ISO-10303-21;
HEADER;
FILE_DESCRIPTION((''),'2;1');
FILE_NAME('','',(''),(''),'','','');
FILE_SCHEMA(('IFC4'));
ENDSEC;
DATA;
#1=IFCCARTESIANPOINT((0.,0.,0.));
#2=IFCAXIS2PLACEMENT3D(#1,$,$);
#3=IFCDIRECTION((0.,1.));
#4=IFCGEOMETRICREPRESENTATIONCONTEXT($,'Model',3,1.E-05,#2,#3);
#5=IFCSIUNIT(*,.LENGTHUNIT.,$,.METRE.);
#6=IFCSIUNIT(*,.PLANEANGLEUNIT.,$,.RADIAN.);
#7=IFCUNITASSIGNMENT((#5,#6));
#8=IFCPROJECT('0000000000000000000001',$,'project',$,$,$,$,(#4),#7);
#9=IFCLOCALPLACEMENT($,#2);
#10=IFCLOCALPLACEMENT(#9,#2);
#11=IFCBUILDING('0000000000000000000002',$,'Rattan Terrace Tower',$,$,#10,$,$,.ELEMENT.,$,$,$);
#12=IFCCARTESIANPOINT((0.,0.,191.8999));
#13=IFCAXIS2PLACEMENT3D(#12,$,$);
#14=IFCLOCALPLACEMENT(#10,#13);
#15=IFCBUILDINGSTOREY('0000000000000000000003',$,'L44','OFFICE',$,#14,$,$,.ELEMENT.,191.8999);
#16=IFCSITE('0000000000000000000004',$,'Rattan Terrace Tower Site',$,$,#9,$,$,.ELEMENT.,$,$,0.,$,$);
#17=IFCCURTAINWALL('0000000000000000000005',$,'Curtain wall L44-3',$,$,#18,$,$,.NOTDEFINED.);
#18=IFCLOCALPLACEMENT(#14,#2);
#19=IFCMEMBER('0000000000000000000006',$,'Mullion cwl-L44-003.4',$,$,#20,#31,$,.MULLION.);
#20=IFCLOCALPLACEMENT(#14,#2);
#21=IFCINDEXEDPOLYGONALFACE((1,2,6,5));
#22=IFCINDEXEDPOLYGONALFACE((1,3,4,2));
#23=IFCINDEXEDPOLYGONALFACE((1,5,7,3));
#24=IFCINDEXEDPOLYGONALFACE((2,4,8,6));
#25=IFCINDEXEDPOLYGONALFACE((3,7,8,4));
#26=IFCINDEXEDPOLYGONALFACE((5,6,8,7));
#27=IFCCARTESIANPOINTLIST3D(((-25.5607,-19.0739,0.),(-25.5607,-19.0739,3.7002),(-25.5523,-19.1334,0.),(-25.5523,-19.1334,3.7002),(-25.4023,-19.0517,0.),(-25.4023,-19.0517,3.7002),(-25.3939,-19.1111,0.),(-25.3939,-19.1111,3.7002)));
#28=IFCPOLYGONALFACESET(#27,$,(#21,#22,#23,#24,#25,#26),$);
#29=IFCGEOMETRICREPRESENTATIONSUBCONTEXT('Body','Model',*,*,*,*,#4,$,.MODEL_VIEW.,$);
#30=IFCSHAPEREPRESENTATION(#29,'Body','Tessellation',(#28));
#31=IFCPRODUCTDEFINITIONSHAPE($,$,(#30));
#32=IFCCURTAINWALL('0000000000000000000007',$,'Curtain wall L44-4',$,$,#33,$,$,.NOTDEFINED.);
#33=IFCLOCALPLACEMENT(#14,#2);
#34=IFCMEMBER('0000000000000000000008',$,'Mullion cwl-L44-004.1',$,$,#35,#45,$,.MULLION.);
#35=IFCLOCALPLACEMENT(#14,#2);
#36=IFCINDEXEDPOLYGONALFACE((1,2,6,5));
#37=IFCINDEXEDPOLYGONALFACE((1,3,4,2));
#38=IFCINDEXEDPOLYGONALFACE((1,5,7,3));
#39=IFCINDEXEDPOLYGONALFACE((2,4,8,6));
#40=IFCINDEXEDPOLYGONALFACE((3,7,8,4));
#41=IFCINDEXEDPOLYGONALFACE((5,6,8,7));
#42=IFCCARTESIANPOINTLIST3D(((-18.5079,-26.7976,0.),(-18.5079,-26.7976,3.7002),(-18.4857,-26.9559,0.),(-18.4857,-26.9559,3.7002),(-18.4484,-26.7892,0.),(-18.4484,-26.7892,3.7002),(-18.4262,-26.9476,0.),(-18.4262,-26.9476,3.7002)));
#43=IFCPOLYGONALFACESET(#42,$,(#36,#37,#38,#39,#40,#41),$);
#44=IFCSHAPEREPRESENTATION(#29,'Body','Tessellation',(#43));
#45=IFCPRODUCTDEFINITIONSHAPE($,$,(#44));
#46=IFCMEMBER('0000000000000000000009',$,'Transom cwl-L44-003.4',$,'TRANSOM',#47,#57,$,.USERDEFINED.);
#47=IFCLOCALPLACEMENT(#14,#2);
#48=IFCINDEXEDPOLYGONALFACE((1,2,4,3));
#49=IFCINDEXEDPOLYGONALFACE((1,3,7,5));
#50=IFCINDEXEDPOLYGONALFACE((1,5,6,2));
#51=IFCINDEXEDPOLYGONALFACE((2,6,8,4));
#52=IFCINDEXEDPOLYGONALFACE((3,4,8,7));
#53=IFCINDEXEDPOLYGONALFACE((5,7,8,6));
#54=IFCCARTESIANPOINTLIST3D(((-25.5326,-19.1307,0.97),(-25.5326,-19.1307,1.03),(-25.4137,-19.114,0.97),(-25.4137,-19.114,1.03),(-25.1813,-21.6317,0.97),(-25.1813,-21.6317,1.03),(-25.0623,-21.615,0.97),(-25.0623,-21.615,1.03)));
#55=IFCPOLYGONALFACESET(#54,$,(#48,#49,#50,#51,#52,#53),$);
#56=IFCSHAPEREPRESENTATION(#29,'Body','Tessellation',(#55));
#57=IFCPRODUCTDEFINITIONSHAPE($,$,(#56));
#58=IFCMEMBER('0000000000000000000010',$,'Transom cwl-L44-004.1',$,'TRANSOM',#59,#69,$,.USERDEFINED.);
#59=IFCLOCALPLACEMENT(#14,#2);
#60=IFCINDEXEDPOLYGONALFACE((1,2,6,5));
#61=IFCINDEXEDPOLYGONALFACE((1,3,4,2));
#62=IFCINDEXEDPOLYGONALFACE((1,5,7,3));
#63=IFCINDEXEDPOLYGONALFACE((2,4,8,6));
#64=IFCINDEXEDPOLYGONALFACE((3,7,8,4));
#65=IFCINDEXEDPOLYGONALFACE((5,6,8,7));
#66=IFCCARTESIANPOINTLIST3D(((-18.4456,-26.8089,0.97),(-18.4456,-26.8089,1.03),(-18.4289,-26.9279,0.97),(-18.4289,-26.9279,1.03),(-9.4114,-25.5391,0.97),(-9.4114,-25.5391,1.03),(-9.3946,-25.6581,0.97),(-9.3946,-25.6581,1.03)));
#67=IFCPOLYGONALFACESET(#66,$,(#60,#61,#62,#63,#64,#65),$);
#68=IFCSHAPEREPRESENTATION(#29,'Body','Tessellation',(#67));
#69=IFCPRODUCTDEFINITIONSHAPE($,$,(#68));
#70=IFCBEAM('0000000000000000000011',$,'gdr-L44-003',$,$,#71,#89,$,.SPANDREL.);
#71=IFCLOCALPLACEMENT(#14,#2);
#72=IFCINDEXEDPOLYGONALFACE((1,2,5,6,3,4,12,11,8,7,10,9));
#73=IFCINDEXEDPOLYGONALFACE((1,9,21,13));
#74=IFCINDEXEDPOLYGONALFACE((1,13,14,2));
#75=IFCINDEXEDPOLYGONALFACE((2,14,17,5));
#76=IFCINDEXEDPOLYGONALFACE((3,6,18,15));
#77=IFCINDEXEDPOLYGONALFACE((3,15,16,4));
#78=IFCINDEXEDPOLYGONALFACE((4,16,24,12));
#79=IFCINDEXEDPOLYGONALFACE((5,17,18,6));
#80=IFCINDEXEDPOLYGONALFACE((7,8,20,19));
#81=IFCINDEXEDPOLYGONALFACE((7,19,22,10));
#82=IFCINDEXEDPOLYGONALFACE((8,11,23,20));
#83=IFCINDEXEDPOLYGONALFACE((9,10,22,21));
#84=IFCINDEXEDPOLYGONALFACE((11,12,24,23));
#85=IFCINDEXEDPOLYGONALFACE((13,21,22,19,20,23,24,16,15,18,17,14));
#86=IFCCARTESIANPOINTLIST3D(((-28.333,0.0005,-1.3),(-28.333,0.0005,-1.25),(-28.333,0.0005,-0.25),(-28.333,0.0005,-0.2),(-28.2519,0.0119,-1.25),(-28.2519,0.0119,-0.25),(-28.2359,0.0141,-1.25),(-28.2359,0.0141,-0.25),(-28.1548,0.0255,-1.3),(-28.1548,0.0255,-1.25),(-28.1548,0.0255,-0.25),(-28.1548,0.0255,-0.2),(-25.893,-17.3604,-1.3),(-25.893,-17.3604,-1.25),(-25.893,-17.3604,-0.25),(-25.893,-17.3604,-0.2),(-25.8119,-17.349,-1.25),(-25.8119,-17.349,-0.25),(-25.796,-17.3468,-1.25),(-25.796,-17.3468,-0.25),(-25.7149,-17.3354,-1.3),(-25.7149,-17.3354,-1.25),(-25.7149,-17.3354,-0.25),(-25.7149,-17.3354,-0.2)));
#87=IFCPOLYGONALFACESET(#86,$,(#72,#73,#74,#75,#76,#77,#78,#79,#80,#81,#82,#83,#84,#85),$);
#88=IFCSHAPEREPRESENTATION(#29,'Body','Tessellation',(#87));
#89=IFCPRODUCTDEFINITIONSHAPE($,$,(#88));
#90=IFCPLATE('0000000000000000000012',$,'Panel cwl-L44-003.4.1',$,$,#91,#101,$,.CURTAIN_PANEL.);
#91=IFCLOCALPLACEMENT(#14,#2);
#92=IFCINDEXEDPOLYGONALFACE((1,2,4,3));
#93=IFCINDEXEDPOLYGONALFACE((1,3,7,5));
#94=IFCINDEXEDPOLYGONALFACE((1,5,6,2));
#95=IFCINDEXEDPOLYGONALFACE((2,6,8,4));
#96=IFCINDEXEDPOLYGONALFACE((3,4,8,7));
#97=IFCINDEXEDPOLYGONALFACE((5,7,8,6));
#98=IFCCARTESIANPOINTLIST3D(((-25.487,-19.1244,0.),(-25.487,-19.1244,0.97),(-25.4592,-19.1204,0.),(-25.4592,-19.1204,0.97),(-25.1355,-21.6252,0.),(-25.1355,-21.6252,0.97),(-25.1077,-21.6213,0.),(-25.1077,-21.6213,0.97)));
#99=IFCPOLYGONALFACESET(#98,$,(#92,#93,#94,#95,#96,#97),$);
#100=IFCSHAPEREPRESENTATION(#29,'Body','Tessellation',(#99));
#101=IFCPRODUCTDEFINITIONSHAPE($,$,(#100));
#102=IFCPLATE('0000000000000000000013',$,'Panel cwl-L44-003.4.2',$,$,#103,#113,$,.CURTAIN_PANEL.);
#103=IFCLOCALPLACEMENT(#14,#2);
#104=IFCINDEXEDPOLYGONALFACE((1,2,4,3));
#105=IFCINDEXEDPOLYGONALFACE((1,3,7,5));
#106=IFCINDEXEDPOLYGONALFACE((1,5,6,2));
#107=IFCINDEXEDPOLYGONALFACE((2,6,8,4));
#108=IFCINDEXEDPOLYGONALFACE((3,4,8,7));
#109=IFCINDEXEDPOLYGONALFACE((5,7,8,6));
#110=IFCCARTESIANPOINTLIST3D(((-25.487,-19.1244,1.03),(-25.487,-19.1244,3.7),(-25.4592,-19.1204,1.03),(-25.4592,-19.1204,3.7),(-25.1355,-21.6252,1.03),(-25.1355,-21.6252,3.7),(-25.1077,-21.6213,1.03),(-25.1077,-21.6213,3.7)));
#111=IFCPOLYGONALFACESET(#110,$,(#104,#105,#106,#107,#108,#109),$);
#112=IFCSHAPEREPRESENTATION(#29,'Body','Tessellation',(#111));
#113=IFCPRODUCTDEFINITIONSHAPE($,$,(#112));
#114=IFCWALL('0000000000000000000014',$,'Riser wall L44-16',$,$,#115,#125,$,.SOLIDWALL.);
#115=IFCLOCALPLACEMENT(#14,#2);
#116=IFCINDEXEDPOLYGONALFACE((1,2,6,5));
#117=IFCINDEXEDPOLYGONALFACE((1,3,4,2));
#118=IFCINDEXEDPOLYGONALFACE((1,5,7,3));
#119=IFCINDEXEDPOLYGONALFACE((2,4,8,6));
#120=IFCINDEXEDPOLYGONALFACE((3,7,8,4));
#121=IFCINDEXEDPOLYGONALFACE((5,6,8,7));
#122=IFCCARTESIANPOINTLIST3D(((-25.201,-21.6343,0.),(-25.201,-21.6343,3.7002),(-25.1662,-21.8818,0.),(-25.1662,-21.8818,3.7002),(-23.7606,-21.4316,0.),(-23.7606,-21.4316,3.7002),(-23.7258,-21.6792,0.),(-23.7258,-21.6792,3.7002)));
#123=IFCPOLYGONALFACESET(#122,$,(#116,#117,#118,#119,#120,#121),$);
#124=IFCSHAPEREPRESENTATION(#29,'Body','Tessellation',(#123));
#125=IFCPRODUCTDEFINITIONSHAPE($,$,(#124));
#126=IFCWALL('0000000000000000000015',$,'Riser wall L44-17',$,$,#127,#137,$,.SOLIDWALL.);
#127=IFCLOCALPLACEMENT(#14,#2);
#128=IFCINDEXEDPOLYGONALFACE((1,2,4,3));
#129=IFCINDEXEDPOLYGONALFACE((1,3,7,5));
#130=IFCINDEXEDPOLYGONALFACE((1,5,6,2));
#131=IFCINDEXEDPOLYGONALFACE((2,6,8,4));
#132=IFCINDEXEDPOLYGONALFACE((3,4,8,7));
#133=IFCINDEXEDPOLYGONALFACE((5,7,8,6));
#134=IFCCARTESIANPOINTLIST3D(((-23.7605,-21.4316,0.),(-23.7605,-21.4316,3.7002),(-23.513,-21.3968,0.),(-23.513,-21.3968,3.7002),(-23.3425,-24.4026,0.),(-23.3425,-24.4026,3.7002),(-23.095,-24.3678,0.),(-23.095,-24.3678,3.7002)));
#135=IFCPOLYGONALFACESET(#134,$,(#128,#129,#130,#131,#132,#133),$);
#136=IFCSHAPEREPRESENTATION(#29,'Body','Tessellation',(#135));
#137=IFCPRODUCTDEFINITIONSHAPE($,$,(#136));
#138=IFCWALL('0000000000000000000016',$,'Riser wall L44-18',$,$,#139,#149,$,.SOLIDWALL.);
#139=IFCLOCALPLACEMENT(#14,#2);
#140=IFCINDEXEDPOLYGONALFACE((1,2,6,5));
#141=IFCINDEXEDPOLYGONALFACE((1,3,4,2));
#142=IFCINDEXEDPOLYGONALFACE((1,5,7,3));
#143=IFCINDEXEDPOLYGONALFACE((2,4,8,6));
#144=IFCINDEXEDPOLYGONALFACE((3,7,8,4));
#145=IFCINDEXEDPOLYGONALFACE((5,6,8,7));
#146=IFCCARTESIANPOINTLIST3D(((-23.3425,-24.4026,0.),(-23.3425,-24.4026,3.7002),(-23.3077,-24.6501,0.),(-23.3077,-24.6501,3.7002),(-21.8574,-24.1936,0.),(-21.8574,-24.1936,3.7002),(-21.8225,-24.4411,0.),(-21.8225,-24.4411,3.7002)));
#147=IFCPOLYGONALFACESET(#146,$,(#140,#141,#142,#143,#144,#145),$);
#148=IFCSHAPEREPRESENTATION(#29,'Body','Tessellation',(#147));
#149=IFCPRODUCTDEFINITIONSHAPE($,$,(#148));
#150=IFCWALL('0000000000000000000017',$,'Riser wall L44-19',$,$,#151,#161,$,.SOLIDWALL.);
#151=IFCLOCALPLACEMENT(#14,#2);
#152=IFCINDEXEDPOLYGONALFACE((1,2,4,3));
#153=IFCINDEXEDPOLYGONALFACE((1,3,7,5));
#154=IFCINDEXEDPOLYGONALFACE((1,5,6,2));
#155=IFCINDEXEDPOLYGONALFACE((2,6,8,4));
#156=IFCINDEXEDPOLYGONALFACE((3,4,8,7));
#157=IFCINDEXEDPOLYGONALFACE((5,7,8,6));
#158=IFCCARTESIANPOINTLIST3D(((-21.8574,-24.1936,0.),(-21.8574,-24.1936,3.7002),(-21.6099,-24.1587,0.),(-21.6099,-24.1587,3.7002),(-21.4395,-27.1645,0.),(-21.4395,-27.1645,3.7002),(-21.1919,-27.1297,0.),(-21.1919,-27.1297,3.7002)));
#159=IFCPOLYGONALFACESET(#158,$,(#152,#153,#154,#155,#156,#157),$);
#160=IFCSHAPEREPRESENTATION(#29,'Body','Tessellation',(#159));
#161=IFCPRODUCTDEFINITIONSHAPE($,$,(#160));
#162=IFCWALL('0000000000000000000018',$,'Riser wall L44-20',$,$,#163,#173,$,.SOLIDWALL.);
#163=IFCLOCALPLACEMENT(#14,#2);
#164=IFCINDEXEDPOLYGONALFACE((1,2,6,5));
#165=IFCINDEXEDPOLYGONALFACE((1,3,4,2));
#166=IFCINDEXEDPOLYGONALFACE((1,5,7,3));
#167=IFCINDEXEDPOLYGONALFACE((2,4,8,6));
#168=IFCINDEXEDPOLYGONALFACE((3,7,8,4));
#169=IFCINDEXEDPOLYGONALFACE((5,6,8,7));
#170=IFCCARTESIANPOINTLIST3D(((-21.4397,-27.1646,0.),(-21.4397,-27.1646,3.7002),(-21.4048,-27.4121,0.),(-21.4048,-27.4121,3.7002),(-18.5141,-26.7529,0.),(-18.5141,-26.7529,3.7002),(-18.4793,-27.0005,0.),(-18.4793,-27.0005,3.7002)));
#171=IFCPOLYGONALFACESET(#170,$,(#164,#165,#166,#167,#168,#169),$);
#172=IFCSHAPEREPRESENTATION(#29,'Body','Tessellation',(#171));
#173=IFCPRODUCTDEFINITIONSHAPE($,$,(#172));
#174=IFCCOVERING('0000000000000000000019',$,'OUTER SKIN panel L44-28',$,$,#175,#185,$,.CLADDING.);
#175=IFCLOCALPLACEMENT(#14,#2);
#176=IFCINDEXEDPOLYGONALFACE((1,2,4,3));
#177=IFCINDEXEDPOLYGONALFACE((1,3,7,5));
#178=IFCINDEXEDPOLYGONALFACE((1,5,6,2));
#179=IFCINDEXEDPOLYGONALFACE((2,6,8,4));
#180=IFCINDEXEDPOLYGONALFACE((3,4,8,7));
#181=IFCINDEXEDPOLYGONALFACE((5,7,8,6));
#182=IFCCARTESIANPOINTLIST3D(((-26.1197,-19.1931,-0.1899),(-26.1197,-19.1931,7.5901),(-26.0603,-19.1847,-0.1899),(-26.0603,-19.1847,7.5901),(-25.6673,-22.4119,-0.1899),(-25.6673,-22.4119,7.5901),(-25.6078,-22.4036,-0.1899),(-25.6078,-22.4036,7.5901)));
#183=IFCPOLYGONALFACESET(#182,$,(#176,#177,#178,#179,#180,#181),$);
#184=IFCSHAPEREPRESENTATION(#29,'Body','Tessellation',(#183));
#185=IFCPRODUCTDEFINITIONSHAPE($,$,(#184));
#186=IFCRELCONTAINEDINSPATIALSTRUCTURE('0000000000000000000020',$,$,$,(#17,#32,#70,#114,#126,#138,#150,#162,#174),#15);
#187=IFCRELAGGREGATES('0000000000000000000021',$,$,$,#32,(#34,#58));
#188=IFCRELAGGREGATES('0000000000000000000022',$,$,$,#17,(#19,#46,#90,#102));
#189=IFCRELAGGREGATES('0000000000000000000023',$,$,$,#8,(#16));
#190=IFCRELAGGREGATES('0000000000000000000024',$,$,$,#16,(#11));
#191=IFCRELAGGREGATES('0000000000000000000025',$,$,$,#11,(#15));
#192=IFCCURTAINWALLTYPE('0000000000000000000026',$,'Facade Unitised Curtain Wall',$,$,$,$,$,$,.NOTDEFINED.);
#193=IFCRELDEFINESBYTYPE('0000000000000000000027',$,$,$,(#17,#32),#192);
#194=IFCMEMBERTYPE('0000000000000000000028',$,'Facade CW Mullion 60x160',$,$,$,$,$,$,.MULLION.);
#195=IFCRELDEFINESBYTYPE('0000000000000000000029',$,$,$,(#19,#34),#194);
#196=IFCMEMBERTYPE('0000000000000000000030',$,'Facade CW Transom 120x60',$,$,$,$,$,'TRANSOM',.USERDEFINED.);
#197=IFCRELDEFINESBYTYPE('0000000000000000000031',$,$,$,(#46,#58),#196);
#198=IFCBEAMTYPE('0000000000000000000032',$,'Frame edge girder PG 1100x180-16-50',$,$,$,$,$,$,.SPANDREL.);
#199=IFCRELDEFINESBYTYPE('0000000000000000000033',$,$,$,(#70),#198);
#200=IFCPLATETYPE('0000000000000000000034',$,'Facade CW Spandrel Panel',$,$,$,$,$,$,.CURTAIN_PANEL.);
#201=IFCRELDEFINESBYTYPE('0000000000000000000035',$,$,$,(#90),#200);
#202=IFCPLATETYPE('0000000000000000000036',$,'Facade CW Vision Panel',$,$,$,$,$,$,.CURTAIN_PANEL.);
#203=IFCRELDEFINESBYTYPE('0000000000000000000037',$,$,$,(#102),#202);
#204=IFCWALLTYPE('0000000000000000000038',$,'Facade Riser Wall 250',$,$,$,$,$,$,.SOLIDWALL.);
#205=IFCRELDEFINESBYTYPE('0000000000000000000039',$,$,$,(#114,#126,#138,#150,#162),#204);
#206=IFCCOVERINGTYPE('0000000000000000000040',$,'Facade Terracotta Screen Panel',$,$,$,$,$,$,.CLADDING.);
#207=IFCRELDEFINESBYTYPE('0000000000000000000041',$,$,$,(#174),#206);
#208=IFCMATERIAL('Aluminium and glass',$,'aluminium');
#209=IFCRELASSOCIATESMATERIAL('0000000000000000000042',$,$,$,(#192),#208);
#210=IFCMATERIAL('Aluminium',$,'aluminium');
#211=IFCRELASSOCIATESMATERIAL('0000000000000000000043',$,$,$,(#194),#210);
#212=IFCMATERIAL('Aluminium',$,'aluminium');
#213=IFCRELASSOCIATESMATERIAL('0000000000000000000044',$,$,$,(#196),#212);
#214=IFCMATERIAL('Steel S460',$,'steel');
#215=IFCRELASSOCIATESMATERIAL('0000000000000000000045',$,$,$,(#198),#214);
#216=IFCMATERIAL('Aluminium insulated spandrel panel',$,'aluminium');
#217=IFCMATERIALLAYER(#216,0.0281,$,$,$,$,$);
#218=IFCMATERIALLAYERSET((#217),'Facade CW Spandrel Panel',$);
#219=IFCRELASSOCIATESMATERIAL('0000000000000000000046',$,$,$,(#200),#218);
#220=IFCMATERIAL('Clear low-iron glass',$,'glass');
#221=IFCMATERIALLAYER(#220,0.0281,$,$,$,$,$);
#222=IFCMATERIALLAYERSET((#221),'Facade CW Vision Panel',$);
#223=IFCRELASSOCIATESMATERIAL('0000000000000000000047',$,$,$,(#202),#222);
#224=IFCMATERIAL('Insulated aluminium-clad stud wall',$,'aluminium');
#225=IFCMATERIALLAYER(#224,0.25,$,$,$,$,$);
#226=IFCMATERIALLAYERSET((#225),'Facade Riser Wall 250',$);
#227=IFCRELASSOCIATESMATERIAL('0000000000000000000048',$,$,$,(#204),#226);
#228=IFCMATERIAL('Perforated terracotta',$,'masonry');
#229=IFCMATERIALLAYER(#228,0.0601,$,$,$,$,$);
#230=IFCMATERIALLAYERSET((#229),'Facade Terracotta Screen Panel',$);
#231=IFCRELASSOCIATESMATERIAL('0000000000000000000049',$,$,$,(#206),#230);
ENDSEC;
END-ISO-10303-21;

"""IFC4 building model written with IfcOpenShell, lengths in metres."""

from ifc_helpers import new_model, si_unit, direction, frame, frame_2d, origin, origin_2d, place, context, subcontext, project, spatial, rectangle, i_section, extrude, material, layer, layer_set, material_profile, profile_set, type_object, element, aggregate, save


model = new_model("IFC4")

# Units and contexts
model_context = context("Model", 3, precision=1e-05, world=origin(), true_north=direction((0.0, 1.0)))
body_context = subcontext(model_context, "Body", "Model", "MODEL_VIEW")
ifc_project = project(units=[si_unit("LENGTHUNIT", "METRE"), si_unit("PLANEANGLEUNIT", "RADIAN")], contexts=[model_context])

# Site, building, storey
site_placement = place(None, origin())
site = spatial("IfcSite", under=ifc_project, at=site_placement, Name="Rattan Terrace Tower Site", CompositionType="ELEMENT", RefElevation=0.0)
building_placement = place(site_placement, origin())
building = spatial("IfcBuilding", under=site, at=building_placement, Name="Rattan Terrace Tower", CompositionType="ELEMENT")
storey_placement = place(building_placement, frame((0.0, 0.0, 191.8999)))
storey = spatial("IfcBuildingStorey", under=building, at=storey_placement, Name="L44", Description="OFFICE", CompositionType="ELEMENT", Elevation=191.8999)

# Curtain walls, members
ifc_material_1 = material(Name="Aluminium and glass", Category="aluminium")
curtain_wall_type = type_object("IfcCurtainWallType", Name="Facade Unitised Curtain Wall", PredefinedType="NOTDEFINED", material=ifc_material_1)
curtain_wall_1_placement = place(storey_placement, origin())
curtain_wall_1 = element("IfcCurtainWall", 1, at=curtain_wall_1_placement, inside=storey, type_object=curtain_wall_type, Name="Curtain wall L44-3", PredefinedType="NOTDEFINED")
ifc_material_2 = material(Name="Aluminium", Category="aluminium")
ifc_material_profile_1 = material_profile(ifc_material_2, rectangle(XDim=0.0601, YDim=0.1599, at=origin_2d()), Name="Aluminium 60x160")
ifc_profile_set_1 = profile_set([ifc_material_profile_1], Name="Aluminium")
member_type_1 = type_object("IfcMemberType", Name="Facade CW Mullion 60x160", PredefinedType="MULLION", material=ifc_profile_set_1)
member_1_placement = place(storey_placement, frame((-25.4773, -19.0925, 0.0), z_axis=(0.0, 0.0, 1.0), x_axis=(0.139191, -0.990266, 0.0)))
member_1 = element("IfcMember", 2, at=member_1_placement, type_object=member_type_1, Name="Mullion cwl-L44-003.4", PredefinedType="MULLION", context=body_context, shape_type="SweptSolid", body=[
    extrude(rectangle(XDim=0.0601, YDim=0.1599, at=origin_2d()), origin(), (0.0, 0.0, 1.0), 3.7002),
])
curtain_wall_2_placement = place(storey_placement, origin())
curtain_wall_2 = element("IfcCurtainWall", 3, at=curtain_wall_2_placement, inside=storey, type_object=curtain_wall_type, Name="Curtain wall L44-4", PredefinedType="NOTDEFINED")
member_2_placement = place(storey_placement, frame((-18.467, -26.8726, 0.0), z_axis=(0.0, 0.0, 1.0), x_axis=(0.99027, 0.139161, 0.0)))
member_2 = element("IfcMember", 4, at=member_2_placement, type_object=member_type_1, Name="Mullion cwl-L44-004.1", PredefinedType="MULLION", context=body_context, shape_type="SweptSolid", body=[
    extrude(rectangle(XDim=0.0601, YDim=0.1599, at=origin_2d()), origin(), (0.0, 0.0, 1.0), 3.7002),
])

# Members
ifc_material_3 = material(Name="Aluminium", Category="aluminium")
ifc_material_profile_2 = material_profile(ifc_material_3, rectangle(XDim=0.1201, YDim=0.0601, at=origin_2d()), Name="Aluminium 120x60")
ifc_profile_set_2 = profile_set([ifc_material_profile_2], Name="Aluminium")
member_type_2 = type_object("IfcMemberType", Name="Facade CW Transom 120x60", ElementType="TRANSOM", PredefinedType="USERDEFINED", material=ifc_profile_set_2)
member_3_placement = place(storey_placement, frame((-25.4731, -19.1223, 1.0), z_axis=(0.139107, -0.990277, 0.0), x_axis=(0.990277, 0.139107, 0.0)))
member_3 = element("IfcMember", 5, at=member_3_placement, type_object=member_type_2, Name="Transom cwl-L44-003.4", ObjectType="TRANSOM", PredefinedType="USERDEFINED", context=body_context, shape_type="SweptSolid", body=[
    extrude(rectangle(XDim=0.1201, YDim=0.0601, at=origin_2d()), origin(), (0.0, 0.0, 1.0), 2.5256),
])
member_4_placement = place(storey_placement, frame((-18.4373, -26.8684, 1.0), z_axis=(0.990266, 0.139184, 0.0), x_axis=(-0.139184, 0.990266, 0.0)))
member_4 = element("IfcMember", 6, at=member_4_placement, type_object=member_type_2, Name="Transom cwl-L44-004.1", ObjectType="TRANSOM", PredefinedType="USERDEFINED", context=body_context, shape_type="SweptSolid", body=[
    extrude(rectangle(XDim=0.1201, YDim=0.0601, at=origin_2d()), origin(), (0.0, 0.0, 1.0), 9.123),
])
aggregate(curtain_wall_2, [member_2, member_4])

# Beam
ifc_material_4 = material(Name="Steel S460", Category="steel")
ifc_material_profile_3 = material_profile(ifc_material_4, i_section(OverallWidth=0.1799, OverallDepth=1.1001, WebThickness=0.0161, FlangeThickness=0.05, at=origin_2d()), Name="PG 1100x180-16-50")
ifc_profile_set_3 = profile_set([ifc_material_profile_3], Name="Steel S460")
beam_type = type_object("IfcBeamType", Name="Frame edge girder PG 1100x180-16-50", PredefinedType="SPANDREL", material=ifc_profile_set_3)
beam_placement = place(storey_placement, frame((-25.804, -17.3479, -0.75), z_axis=(-0.139175, 0.990268, 0.0), x_axis=(-0.990268, -0.139175, 0.0)))
element("IfcBeam", 7, at=beam_placement, inside=storey, type_object=beam_type, Name="gdr-L44-003", PredefinedType="SPANDREL", context=body_context, shape_type="SweptSolid", body=[
    extrude(i_section(OverallWidth=0.1799, OverallDepth=1.1001, WebThickness=0.0161, FlangeThickness=0.05, at=origin_2d()), origin(), (0.0, 0.0, 1.0), 17.5315),
])

# Plates
ifc_material_5 = material(Name="Aluminium insulated spandrel panel", Category="aluminium")
ifc_layer_1 = layer(ifc_material_5, 0.0281)
ifc_layer_set_1 = layer_set([ifc_layer_1], Name="Facade CW Spandrel Panel")
plate_type_1 = type_object("IfcPlateType", Name="Facade CW Spandrel Panel", PredefinedType="CURTAIN_PANEL", material=ifc_layer_set_1)
plate_1_placement = place(storey_placement, frame((-25.2974, -20.3728, 0.0), z_axis=(0.0, 0.0, 1.0), x_axis=(0.139191, -0.990266, 0.0)))
plate_1 = element("IfcPlate", 8, at=plate_1_placement, type_object=plate_type_1, Name="Panel cwl-L44-003.4.1", PredefinedType="CURTAIN_PANEL", context=body_context, shape_type="SweptSolid", body=[
    extrude(rectangle(XDim=2.5254, YDim=0.0281, at=origin_2d()), origin(), (0.0, 0.0, 1.0), 0.97),
])
ifc_material_6 = material(Name="Clear low-iron glass", Category="glass")
ifc_layer_2 = layer(ifc_material_6, 0.0281)
ifc_layer_set_2 = layer_set([ifc_layer_2], Name="Facade CW Vision Panel")
plate_type_2 = type_object("IfcPlateType", Name="Facade CW Vision Panel", PredefinedType="CURTAIN_PANEL", material=ifc_layer_set_2)
plate_2_placement = place(storey_placement, frame((-25.2974, -20.3728, 1.03), z_axis=(0.0, 0.0, 1.0), x_axis=(0.139191, -0.990266, 0.0)))
plate_2 = element("IfcPlate", 9, at=plate_2_placement, type_object=plate_type_2, Name="Panel cwl-L44-003.4.2", PredefinedType="CURTAIN_PANEL", context=body_context, shape_type="SweptSolid", body=[
    extrude(rectangle(XDim=2.5254, YDim=0.0281, at=origin_2d()), origin(), (0.0, 0.0, 1.0), 2.6699),
])
aggregate(curtain_wall_1, [member_1, member_3, plate_1, plate_2])

# Walls
ifc_material_7 = material(Name="Insulated aluminium-clad stud wall", Category="aluminium")
ifc_layer_3 = layer(ifc_material_7, 0.25)
ifc_layer_set_3 = layer_set([ifc_layer_3], Name="Facade Riser Wall 250")
wall_type = type_object("IfcWallType", Name="Facade Riser Wall 250", PredefinedType="SOLIDWALL", material=ifc_layer_set_3)
wall_1_placement = place(storey_placement, frame((-25.1836, -21.7581, 0.0), z_axis=(0.0, 0.0, 1.0), x_axis=(0.990249, 0.139306, 0.0)))
element("IfcWall", 10, at=wall_1_placement, inside=storey, type_object=wall_type, Name="Riser wall L44-16", PredefinedType="SOLIDWALL", context=body_context, shape_type="SweptSolid", body=[
    extrude(rectangle(XDim=1.4546, YDim=0.25, at=frame_2d((0.7273, 0.0))), origin(), (0.0, 0.0, 1.0), 3.7002),
])
wall_2_placement = place(storey_placement, frame((-23.6367, -21.4143, 0.0), z_axis=(0.0, 0.0, 1.0), x_axis=(0.139313, -0.990248, 0.0)))
element("IfcWall", 11, at=wall_2_placement, inside=storey, type_object=wall_type, Name="Riser wall L44-17", PredefinedType="SOLIDWALL", context=body_context, shape_type="SweptSolid", body=[
    extrude(rectangle(XDim=3.0002, YDim=0.25, at=frame_2d((1.5, 0.0))), origin(), (0.0, 0.0, 1.0), 3.7002),
])
wall_3_placement = place(storey_placement, frame((-23.3252, -24.5264, 0.0), z_axis=(0.0, 0.0, 1.0), x_axis=(0.990244, 0.139347, 0.0)))
element("IfcWall", 12, at=wall_3_placement, inside=storey, type_object=wall_type, Name="Riser wall L44-18", PredefinedType="SOLIDWALL", context=body_context, shape_type="SweptSolid", body=[
    extrude(rectangle(XDim=1.4998, YDim=0.25, at=frame_2d((0.75, 0.0))), origin(), (0.0, 0.0, 1.0), 3.7002),
])
wall_4_placement = place(storey_placement, frame((-21.7336, -24.1763, 0.0), z_axis=(0.0, 0.0, 1.0), x_axis=(0.139313, -0.990248, 0.0)))
element("IfcWall", 13, at=wall_4_placement, inside=storey, type_object=wall_type, Name="Riser wall L44-19", PredefinedType="SOLIDWALL", context=body_context, shape_type="SweptSolid", body=[
    extrude(rectangle(XDim=3.0002, YDim=0.25, at=frame_2d((1.5, 0.0))), origin(), (0.0, 0.0, 1.0), 3.7002),
])
wall_5_placement = place(storey_placement, frame((-21.4221, -27.2883, 0.0), z_axis=(0.0, 0.0, 1.0), x_axis=(0.990246, 0.139327, 0.0)))
element("IfcWall", 14, at=wall_5_placement, inside=storey, type_object=wall_type, Name="Riser wall L44-20", PredefinedType="SOLIDWALL", context=body_context, shape_type="SweptSolid", body=[
    extrude(rectangle(XDim=2.9543, YDim=0.25, at=frame_2d((1.4771, 0.0))), origin(), (0.0, 0.0, 1.0), 3.7002),
])

# Covering
ifc_material_8 = material(Name="Perforated terracotta", Category="masonry")
ifc_layer_4 = layer(ifc_material_8, 0.0601)
ifc_layer_set_4 = layer_set([ifc_layer_4], Name="Facade Terracotta Screen Panel")
covering_type = type_object("IfcCoveringType", Name="Facade Terracotta Screen Panel", PredefinedType="CLADDING", material=ifc_layer_set_4)
covering_1_placement = place(storey_placement, frame((-25.8638, -20.7983, -0.1899), z_axis=(0.0, 0.0, 1.0), x_axis=(0.139191, -0.990266, 0.0)))
element("IfcCovering", 15, at=covering_1_placement, inside=storey, type_object=covering_type, Name="OUTER SKIN panel L44-28", PredefinedType="CLADDING", context=body_context, shape_type="SweptSolid", body=[
    extrude(rectangle(XDim=3.2505, YDim=0.0601, at=origin_2d()), origin(), (0.0, 0.0, 1.0), 7.78),
])

save(model, "model.ifc")
